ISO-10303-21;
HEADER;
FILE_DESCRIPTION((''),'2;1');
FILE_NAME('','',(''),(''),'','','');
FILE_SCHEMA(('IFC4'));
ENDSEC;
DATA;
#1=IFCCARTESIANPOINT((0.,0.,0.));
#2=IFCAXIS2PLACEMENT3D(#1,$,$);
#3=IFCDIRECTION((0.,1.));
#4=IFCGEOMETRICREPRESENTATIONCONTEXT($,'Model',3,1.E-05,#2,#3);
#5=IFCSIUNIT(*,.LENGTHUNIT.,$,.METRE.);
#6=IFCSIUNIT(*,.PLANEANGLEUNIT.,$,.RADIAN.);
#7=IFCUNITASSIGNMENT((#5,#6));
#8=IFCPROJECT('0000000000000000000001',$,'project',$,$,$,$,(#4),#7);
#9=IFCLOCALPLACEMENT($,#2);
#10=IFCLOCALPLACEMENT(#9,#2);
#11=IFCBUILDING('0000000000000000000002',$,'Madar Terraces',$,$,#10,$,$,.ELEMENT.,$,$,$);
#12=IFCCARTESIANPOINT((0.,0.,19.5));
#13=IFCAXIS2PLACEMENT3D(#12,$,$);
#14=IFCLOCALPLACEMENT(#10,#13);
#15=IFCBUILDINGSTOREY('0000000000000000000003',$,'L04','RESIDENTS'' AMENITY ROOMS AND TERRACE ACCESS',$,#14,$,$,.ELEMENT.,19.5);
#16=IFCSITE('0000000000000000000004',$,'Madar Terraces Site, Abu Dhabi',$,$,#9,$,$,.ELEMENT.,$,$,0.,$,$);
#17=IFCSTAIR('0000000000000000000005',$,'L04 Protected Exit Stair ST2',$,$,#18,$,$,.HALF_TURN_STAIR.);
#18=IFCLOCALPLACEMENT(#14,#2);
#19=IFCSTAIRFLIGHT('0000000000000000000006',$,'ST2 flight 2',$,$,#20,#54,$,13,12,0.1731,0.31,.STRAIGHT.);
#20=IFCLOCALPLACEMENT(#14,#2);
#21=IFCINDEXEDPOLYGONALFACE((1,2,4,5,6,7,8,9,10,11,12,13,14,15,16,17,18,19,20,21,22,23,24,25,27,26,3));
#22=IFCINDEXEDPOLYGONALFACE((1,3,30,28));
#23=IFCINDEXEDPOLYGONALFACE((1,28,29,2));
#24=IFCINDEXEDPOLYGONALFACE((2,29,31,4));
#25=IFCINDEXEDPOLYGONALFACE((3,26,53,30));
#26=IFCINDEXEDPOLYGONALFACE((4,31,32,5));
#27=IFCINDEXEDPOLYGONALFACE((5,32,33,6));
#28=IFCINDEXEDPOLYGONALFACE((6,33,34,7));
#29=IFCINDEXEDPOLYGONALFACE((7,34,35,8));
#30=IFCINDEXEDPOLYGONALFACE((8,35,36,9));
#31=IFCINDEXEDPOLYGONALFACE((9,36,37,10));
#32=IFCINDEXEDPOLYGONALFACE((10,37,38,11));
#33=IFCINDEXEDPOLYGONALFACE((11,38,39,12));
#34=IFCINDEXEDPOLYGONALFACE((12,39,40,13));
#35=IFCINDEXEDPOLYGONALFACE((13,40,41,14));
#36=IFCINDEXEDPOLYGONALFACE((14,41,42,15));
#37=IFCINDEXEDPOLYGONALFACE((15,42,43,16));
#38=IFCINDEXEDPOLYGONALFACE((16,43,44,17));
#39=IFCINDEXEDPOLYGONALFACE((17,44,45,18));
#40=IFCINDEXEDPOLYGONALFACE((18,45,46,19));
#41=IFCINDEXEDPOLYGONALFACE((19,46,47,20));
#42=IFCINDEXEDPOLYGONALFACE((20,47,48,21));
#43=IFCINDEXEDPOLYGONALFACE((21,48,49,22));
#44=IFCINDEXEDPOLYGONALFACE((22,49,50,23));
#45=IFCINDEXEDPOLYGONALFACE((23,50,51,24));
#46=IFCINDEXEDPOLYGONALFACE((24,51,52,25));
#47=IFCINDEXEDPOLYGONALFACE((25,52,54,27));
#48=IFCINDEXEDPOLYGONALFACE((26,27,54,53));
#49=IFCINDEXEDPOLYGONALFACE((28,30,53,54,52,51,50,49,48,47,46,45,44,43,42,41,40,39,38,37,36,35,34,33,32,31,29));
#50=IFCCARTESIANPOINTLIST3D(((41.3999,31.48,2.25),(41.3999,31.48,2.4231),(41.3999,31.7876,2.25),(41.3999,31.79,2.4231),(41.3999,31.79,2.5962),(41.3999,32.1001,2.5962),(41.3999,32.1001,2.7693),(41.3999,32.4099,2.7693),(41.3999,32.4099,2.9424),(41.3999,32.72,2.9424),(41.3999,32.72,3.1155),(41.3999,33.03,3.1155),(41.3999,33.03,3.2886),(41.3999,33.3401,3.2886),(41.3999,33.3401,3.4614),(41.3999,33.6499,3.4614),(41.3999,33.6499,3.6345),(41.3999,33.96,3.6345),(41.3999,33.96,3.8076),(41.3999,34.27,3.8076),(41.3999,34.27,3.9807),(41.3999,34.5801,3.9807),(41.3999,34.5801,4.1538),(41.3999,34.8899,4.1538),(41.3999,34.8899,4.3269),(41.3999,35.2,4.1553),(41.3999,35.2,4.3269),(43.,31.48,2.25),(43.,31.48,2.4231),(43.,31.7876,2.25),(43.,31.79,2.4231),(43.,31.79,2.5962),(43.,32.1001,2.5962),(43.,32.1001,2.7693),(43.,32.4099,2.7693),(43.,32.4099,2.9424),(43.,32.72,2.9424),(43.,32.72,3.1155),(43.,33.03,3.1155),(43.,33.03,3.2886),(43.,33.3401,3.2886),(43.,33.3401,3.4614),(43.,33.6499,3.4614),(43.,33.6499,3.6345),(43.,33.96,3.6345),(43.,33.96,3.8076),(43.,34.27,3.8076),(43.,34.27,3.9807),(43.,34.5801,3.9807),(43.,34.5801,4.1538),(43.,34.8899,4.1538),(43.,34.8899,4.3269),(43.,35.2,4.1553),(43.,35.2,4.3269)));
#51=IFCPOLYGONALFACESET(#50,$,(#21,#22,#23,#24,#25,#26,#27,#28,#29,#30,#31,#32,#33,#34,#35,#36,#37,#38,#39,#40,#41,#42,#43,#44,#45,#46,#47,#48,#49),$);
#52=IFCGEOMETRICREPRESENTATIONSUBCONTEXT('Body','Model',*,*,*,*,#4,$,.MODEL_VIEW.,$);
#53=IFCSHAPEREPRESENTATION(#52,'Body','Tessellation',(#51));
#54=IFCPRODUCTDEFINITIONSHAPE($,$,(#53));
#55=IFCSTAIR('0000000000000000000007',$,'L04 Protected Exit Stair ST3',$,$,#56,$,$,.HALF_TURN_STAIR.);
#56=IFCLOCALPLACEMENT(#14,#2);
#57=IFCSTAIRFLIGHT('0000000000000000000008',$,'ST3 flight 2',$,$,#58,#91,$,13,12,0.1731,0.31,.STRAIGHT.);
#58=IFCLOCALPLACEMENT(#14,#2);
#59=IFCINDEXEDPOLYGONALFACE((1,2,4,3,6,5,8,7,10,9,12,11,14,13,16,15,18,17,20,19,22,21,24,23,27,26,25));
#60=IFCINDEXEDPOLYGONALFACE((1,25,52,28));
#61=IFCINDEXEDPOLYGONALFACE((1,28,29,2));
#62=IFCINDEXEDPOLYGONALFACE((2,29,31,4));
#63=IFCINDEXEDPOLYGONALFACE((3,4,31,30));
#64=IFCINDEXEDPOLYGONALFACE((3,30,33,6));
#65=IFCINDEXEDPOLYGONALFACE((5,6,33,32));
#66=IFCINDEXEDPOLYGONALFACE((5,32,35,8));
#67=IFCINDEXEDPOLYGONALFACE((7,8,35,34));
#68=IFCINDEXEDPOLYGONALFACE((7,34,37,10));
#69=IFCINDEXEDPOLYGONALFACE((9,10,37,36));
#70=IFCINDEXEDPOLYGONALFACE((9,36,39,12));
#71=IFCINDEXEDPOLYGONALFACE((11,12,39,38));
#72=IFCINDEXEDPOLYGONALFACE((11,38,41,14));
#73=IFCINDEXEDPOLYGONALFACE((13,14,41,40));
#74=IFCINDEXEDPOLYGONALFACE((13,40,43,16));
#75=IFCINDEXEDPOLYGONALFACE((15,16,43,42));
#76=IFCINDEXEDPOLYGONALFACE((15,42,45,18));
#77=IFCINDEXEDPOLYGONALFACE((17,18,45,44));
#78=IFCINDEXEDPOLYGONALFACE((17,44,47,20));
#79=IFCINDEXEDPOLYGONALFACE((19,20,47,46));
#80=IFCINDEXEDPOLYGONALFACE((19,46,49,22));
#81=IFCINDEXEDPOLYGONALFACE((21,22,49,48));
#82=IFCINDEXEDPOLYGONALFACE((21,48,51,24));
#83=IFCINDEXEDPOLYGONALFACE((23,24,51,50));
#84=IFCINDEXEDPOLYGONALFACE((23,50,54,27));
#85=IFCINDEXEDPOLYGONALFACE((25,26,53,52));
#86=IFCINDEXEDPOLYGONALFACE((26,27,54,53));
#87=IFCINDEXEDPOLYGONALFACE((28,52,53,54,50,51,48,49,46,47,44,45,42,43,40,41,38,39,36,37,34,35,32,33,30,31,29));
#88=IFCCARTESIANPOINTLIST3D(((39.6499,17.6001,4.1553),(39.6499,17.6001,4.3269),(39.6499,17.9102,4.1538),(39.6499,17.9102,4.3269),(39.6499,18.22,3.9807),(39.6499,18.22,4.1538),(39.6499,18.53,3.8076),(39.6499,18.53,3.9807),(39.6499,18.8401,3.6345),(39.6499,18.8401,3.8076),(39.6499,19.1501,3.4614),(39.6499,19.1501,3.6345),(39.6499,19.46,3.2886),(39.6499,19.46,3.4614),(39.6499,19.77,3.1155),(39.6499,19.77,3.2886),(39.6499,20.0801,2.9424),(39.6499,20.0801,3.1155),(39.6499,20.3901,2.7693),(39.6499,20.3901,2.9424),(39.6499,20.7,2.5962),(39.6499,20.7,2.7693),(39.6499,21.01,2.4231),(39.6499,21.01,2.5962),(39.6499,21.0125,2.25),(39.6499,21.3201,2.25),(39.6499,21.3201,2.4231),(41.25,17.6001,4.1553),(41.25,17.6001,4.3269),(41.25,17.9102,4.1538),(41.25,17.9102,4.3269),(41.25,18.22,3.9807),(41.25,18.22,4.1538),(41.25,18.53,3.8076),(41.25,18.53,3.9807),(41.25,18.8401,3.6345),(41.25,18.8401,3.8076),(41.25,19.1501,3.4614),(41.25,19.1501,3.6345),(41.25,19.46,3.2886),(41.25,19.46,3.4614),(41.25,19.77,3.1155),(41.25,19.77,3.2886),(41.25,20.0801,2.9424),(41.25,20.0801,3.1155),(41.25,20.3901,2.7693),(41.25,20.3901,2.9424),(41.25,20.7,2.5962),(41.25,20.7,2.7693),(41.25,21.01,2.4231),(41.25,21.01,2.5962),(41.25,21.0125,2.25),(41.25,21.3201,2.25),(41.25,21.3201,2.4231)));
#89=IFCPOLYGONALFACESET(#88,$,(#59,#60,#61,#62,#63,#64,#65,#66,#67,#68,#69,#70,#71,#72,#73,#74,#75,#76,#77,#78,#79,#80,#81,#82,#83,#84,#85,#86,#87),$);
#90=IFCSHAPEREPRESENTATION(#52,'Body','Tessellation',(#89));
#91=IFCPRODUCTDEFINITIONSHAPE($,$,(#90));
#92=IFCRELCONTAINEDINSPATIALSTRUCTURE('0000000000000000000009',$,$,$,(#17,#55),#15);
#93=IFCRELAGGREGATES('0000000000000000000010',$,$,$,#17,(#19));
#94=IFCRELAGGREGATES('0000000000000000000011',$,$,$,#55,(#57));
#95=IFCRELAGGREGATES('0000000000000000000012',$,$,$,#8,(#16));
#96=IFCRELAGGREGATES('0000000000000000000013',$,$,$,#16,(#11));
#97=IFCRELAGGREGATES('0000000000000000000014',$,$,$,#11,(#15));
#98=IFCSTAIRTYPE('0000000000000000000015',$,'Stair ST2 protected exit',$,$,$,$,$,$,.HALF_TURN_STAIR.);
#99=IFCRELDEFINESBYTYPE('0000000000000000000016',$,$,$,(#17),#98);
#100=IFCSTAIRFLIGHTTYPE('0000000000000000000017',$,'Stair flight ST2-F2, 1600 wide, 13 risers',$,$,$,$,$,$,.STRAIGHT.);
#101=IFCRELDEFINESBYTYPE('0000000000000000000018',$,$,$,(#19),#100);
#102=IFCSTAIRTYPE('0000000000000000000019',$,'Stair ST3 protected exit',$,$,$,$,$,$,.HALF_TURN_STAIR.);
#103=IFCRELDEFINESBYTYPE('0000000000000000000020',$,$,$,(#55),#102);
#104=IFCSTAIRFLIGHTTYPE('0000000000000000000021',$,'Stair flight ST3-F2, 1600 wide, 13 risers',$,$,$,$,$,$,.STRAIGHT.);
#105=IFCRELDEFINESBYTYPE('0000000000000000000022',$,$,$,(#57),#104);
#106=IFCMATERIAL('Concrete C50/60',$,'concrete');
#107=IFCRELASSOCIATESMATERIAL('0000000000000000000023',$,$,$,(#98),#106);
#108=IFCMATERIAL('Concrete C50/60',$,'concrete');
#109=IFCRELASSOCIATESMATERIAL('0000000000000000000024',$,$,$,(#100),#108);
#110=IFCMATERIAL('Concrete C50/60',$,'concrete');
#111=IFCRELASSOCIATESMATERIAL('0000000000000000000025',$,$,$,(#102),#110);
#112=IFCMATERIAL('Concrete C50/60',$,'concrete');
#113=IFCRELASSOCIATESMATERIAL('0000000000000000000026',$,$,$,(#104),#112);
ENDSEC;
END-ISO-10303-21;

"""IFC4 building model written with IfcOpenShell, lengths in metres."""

from ifc_helpers import new_model, si_unit, direction, frame, origin, place, context, subcontext, project, spatial, polyline, outline, extrude, material, type_object, element, aggregate, save


model = new_model("IFC4")

# Units and contexts
model_context = context("Model", 3, precision=1e-05, world=origin(), true_north=direction((0.0, 1.0)))
body_context = subcontext(model_context, "Body", "Model", "MODEL_VIEW")
ifc_project = project(units=[si_unit("LENGTHUNIT", "METRE"), si_unit("PLANEANGLEUNIT", "RADIAN")], contexts=[model_context])

# Site, building, storey
site_placement = place(None, origin())
site = spatial("IfcSite", under=ifc_project, at=site_placement, Name="Madar Terraces Site, Abu Dhabi", CompositionType="ELEMENT", RefElevation=0.0)
building_placement = place(site_placement, origin())
building = spatial("IfcBuilding", under=site, at=building_placement, Name="Madar Terraces", CompositionType="ELEMENT")
storey_placement = place(building_placement, frame((0.0, 0.0, 19.5)))
storey = spatial("IfcBuildingStorey", under=building, at=storey_placement, Name="L04", Description="RESIDENTS' AMENITY ROOMS AND TERRACE ACCESS", CompositionType="ELEMENT", Elevation=19.5)

# Stair, stair flight
ifc_material_1 = material(Name="Concrete C50/60", Category="concrete")
stair_type_1 = type_object("IfcStairType", Name="Stair ST2 protected exit", PredefinedType="HALF_TURN_STAIR", material=ifc_material_1)
stair_1_placement = place(storey_placement, origin())
stair_1 = element("IfcStair", 1, at=stair_1_placement, inside=storey, type_object=stair_type_1, Name="L04 Protected Exit Stair ST2", PredefinedType="HALF_TURN_STAIR")
ifc_material_2 = material(Name="Concrete C50/60", Category="concrete")
stair_flight_type_1 = type_object("IfcStairFlightType", Name="Stair flight ST2-F2, 1600 wide, 13 risers", PredefinedType="STRAIGHT", material=ifc_material_2)
stair_flight_1_placement = place(storey_placement, frame((42.2, 31.48, 2.25), z_axis=(0.0, 0.0, 1.0), x_axis=(0.0, 1.0, 0.0)))
stair_flight_1 = element("IfcStairFlight", 2, at=stair_flight_1_placement, type_object=stair_flight_type_1, Name="ST2 flight 2", NumberOfRisers=13, NumberOfTreads=12, PredefinedType="STRAIGHT", RiserHeight=0.1731, TreadLength=0.31, context=body_context, shape_type="SweptSolid", body=[
    extrude(outline(polyline([(0.0, 0.0), (0.0, 0.1731), (0.3101, 0.1731), (0.3101, 0.3462), (0.6201, 0.3462), (0.6201, 0.5193), (0.9299, 0.5193), (0.9299, 0.6924), (1.24, 0.6924), (1.24, 0.8655), (1.55, 0.8655), (1.55, 1.0386), (1.8601, 1.0386), (1.8601, 1.2114), (2.1699, 1.2114), (2.1699, 1.3845), (2.48, 1.3845), (2.48, 1.5576), (2.79, 1.5576), (2.79, 1.7307), (3.1001, 1.7307), (3.1001, 1.9038), (3.4099, 1.9038), (3.4099, 2.0769), (3.72, 2.0769), (3.72, 2.25), (3.72, 1.9053), (0.3076, 0.0), (0.0, 0.0)])), frame((0.0, 0.8, 0.0), z_axis=(0.0, -1.0, 0.0), x_axis=(1.0, 0.0, 0.0)), (0.0, 0.0, 1.0), 1.6001),
])
aggregate(stair_1, [stair_flight_1])

# Stair, stair flight
ifc_material_3 = material(Name="Concrete C50/60", Category="concrete")
stair_type_2 = type_object("IfcStairType", Name="Stair ST3 protected exit", PredefinedType="HALF_TURN_STAIR", material=ifc_material_3)
stair_2_placement = place(storey_placement, origin())
stair_2 = element("IfcStair", 3, at=stair_2_placement, inside=storey, type_object=stair_type_2, Name="L04 Protected Exit Stair ST3", PredefinedType="HALF_TURN_STAIR")
ifc_material_4 = material(Name="Concrete C50/60", Category="concrete")
stair_flight_type_2 = type_object("IfcStairFlightType", Name="Stair flight ST3-F2, 1600 wide, 13 risers", PredefinedType="STRAIGHT", material=ifc_material_4)
stair_flight_2_placement = place(storey_placement, frame((40.45, 21.3201, 2.25), z_axis=(0.0, 0.0, 1.0), x_axis=(0.0, -1.0, 0.0)))
stair_flight_2 = element("IfcStairFlight", 4, at=stair_flight_2_placement, type_object=stair_flight_type_2, Name="ST3 flight 2", NumberOfRisers=13, NumberOfTreads=12, PredefinedType="STRAIGHT", RiserHeight=0.1731, TreadLength=0.31, context=body_context, shape_type="SweptSolid", body=[
    extrude(outline(polyline([(0.0, 0.0), (0.0, 0.1731), (0.3101, 0.1731), (0.3101, 0.3462), (0.6201, 0.3462), (0.6201, 0.5193), (0.9299, 0.5193), (0.9299, 0.6924), (1.24, 0.6924), (1.24, 0.8655), (1.55, 0.8655), (1.55, 1.0386), (1.8601, 1.0386), (1.8601, 1.2114), (2.1699, 1.2114), (2.1699, 1.3845), (2.48, 1.3845), (2.48, 1.5576), (2.79, 1.5576), (2.79, 1.7307), (3.1001, 1.7307), (3.1001, 1.9038), (3.4099, 1.9038), (3.4099, 2.0769), (3.72, 2.0769), (3.72, 2.25), (3.72, 1.9053), (0.3076, 0.0), (0.0, 0.0)])), frame((0.0, 0.8, 0.0), z_axis=(0.0, -1.0, 0.0), x_axis=(1.0, 0.0, 0.0)), (0.0, 0.0, 1.0), 1.6001),
])
aggregate(stair_2, [stair_flight_2])

save(model, "model.ifc")
